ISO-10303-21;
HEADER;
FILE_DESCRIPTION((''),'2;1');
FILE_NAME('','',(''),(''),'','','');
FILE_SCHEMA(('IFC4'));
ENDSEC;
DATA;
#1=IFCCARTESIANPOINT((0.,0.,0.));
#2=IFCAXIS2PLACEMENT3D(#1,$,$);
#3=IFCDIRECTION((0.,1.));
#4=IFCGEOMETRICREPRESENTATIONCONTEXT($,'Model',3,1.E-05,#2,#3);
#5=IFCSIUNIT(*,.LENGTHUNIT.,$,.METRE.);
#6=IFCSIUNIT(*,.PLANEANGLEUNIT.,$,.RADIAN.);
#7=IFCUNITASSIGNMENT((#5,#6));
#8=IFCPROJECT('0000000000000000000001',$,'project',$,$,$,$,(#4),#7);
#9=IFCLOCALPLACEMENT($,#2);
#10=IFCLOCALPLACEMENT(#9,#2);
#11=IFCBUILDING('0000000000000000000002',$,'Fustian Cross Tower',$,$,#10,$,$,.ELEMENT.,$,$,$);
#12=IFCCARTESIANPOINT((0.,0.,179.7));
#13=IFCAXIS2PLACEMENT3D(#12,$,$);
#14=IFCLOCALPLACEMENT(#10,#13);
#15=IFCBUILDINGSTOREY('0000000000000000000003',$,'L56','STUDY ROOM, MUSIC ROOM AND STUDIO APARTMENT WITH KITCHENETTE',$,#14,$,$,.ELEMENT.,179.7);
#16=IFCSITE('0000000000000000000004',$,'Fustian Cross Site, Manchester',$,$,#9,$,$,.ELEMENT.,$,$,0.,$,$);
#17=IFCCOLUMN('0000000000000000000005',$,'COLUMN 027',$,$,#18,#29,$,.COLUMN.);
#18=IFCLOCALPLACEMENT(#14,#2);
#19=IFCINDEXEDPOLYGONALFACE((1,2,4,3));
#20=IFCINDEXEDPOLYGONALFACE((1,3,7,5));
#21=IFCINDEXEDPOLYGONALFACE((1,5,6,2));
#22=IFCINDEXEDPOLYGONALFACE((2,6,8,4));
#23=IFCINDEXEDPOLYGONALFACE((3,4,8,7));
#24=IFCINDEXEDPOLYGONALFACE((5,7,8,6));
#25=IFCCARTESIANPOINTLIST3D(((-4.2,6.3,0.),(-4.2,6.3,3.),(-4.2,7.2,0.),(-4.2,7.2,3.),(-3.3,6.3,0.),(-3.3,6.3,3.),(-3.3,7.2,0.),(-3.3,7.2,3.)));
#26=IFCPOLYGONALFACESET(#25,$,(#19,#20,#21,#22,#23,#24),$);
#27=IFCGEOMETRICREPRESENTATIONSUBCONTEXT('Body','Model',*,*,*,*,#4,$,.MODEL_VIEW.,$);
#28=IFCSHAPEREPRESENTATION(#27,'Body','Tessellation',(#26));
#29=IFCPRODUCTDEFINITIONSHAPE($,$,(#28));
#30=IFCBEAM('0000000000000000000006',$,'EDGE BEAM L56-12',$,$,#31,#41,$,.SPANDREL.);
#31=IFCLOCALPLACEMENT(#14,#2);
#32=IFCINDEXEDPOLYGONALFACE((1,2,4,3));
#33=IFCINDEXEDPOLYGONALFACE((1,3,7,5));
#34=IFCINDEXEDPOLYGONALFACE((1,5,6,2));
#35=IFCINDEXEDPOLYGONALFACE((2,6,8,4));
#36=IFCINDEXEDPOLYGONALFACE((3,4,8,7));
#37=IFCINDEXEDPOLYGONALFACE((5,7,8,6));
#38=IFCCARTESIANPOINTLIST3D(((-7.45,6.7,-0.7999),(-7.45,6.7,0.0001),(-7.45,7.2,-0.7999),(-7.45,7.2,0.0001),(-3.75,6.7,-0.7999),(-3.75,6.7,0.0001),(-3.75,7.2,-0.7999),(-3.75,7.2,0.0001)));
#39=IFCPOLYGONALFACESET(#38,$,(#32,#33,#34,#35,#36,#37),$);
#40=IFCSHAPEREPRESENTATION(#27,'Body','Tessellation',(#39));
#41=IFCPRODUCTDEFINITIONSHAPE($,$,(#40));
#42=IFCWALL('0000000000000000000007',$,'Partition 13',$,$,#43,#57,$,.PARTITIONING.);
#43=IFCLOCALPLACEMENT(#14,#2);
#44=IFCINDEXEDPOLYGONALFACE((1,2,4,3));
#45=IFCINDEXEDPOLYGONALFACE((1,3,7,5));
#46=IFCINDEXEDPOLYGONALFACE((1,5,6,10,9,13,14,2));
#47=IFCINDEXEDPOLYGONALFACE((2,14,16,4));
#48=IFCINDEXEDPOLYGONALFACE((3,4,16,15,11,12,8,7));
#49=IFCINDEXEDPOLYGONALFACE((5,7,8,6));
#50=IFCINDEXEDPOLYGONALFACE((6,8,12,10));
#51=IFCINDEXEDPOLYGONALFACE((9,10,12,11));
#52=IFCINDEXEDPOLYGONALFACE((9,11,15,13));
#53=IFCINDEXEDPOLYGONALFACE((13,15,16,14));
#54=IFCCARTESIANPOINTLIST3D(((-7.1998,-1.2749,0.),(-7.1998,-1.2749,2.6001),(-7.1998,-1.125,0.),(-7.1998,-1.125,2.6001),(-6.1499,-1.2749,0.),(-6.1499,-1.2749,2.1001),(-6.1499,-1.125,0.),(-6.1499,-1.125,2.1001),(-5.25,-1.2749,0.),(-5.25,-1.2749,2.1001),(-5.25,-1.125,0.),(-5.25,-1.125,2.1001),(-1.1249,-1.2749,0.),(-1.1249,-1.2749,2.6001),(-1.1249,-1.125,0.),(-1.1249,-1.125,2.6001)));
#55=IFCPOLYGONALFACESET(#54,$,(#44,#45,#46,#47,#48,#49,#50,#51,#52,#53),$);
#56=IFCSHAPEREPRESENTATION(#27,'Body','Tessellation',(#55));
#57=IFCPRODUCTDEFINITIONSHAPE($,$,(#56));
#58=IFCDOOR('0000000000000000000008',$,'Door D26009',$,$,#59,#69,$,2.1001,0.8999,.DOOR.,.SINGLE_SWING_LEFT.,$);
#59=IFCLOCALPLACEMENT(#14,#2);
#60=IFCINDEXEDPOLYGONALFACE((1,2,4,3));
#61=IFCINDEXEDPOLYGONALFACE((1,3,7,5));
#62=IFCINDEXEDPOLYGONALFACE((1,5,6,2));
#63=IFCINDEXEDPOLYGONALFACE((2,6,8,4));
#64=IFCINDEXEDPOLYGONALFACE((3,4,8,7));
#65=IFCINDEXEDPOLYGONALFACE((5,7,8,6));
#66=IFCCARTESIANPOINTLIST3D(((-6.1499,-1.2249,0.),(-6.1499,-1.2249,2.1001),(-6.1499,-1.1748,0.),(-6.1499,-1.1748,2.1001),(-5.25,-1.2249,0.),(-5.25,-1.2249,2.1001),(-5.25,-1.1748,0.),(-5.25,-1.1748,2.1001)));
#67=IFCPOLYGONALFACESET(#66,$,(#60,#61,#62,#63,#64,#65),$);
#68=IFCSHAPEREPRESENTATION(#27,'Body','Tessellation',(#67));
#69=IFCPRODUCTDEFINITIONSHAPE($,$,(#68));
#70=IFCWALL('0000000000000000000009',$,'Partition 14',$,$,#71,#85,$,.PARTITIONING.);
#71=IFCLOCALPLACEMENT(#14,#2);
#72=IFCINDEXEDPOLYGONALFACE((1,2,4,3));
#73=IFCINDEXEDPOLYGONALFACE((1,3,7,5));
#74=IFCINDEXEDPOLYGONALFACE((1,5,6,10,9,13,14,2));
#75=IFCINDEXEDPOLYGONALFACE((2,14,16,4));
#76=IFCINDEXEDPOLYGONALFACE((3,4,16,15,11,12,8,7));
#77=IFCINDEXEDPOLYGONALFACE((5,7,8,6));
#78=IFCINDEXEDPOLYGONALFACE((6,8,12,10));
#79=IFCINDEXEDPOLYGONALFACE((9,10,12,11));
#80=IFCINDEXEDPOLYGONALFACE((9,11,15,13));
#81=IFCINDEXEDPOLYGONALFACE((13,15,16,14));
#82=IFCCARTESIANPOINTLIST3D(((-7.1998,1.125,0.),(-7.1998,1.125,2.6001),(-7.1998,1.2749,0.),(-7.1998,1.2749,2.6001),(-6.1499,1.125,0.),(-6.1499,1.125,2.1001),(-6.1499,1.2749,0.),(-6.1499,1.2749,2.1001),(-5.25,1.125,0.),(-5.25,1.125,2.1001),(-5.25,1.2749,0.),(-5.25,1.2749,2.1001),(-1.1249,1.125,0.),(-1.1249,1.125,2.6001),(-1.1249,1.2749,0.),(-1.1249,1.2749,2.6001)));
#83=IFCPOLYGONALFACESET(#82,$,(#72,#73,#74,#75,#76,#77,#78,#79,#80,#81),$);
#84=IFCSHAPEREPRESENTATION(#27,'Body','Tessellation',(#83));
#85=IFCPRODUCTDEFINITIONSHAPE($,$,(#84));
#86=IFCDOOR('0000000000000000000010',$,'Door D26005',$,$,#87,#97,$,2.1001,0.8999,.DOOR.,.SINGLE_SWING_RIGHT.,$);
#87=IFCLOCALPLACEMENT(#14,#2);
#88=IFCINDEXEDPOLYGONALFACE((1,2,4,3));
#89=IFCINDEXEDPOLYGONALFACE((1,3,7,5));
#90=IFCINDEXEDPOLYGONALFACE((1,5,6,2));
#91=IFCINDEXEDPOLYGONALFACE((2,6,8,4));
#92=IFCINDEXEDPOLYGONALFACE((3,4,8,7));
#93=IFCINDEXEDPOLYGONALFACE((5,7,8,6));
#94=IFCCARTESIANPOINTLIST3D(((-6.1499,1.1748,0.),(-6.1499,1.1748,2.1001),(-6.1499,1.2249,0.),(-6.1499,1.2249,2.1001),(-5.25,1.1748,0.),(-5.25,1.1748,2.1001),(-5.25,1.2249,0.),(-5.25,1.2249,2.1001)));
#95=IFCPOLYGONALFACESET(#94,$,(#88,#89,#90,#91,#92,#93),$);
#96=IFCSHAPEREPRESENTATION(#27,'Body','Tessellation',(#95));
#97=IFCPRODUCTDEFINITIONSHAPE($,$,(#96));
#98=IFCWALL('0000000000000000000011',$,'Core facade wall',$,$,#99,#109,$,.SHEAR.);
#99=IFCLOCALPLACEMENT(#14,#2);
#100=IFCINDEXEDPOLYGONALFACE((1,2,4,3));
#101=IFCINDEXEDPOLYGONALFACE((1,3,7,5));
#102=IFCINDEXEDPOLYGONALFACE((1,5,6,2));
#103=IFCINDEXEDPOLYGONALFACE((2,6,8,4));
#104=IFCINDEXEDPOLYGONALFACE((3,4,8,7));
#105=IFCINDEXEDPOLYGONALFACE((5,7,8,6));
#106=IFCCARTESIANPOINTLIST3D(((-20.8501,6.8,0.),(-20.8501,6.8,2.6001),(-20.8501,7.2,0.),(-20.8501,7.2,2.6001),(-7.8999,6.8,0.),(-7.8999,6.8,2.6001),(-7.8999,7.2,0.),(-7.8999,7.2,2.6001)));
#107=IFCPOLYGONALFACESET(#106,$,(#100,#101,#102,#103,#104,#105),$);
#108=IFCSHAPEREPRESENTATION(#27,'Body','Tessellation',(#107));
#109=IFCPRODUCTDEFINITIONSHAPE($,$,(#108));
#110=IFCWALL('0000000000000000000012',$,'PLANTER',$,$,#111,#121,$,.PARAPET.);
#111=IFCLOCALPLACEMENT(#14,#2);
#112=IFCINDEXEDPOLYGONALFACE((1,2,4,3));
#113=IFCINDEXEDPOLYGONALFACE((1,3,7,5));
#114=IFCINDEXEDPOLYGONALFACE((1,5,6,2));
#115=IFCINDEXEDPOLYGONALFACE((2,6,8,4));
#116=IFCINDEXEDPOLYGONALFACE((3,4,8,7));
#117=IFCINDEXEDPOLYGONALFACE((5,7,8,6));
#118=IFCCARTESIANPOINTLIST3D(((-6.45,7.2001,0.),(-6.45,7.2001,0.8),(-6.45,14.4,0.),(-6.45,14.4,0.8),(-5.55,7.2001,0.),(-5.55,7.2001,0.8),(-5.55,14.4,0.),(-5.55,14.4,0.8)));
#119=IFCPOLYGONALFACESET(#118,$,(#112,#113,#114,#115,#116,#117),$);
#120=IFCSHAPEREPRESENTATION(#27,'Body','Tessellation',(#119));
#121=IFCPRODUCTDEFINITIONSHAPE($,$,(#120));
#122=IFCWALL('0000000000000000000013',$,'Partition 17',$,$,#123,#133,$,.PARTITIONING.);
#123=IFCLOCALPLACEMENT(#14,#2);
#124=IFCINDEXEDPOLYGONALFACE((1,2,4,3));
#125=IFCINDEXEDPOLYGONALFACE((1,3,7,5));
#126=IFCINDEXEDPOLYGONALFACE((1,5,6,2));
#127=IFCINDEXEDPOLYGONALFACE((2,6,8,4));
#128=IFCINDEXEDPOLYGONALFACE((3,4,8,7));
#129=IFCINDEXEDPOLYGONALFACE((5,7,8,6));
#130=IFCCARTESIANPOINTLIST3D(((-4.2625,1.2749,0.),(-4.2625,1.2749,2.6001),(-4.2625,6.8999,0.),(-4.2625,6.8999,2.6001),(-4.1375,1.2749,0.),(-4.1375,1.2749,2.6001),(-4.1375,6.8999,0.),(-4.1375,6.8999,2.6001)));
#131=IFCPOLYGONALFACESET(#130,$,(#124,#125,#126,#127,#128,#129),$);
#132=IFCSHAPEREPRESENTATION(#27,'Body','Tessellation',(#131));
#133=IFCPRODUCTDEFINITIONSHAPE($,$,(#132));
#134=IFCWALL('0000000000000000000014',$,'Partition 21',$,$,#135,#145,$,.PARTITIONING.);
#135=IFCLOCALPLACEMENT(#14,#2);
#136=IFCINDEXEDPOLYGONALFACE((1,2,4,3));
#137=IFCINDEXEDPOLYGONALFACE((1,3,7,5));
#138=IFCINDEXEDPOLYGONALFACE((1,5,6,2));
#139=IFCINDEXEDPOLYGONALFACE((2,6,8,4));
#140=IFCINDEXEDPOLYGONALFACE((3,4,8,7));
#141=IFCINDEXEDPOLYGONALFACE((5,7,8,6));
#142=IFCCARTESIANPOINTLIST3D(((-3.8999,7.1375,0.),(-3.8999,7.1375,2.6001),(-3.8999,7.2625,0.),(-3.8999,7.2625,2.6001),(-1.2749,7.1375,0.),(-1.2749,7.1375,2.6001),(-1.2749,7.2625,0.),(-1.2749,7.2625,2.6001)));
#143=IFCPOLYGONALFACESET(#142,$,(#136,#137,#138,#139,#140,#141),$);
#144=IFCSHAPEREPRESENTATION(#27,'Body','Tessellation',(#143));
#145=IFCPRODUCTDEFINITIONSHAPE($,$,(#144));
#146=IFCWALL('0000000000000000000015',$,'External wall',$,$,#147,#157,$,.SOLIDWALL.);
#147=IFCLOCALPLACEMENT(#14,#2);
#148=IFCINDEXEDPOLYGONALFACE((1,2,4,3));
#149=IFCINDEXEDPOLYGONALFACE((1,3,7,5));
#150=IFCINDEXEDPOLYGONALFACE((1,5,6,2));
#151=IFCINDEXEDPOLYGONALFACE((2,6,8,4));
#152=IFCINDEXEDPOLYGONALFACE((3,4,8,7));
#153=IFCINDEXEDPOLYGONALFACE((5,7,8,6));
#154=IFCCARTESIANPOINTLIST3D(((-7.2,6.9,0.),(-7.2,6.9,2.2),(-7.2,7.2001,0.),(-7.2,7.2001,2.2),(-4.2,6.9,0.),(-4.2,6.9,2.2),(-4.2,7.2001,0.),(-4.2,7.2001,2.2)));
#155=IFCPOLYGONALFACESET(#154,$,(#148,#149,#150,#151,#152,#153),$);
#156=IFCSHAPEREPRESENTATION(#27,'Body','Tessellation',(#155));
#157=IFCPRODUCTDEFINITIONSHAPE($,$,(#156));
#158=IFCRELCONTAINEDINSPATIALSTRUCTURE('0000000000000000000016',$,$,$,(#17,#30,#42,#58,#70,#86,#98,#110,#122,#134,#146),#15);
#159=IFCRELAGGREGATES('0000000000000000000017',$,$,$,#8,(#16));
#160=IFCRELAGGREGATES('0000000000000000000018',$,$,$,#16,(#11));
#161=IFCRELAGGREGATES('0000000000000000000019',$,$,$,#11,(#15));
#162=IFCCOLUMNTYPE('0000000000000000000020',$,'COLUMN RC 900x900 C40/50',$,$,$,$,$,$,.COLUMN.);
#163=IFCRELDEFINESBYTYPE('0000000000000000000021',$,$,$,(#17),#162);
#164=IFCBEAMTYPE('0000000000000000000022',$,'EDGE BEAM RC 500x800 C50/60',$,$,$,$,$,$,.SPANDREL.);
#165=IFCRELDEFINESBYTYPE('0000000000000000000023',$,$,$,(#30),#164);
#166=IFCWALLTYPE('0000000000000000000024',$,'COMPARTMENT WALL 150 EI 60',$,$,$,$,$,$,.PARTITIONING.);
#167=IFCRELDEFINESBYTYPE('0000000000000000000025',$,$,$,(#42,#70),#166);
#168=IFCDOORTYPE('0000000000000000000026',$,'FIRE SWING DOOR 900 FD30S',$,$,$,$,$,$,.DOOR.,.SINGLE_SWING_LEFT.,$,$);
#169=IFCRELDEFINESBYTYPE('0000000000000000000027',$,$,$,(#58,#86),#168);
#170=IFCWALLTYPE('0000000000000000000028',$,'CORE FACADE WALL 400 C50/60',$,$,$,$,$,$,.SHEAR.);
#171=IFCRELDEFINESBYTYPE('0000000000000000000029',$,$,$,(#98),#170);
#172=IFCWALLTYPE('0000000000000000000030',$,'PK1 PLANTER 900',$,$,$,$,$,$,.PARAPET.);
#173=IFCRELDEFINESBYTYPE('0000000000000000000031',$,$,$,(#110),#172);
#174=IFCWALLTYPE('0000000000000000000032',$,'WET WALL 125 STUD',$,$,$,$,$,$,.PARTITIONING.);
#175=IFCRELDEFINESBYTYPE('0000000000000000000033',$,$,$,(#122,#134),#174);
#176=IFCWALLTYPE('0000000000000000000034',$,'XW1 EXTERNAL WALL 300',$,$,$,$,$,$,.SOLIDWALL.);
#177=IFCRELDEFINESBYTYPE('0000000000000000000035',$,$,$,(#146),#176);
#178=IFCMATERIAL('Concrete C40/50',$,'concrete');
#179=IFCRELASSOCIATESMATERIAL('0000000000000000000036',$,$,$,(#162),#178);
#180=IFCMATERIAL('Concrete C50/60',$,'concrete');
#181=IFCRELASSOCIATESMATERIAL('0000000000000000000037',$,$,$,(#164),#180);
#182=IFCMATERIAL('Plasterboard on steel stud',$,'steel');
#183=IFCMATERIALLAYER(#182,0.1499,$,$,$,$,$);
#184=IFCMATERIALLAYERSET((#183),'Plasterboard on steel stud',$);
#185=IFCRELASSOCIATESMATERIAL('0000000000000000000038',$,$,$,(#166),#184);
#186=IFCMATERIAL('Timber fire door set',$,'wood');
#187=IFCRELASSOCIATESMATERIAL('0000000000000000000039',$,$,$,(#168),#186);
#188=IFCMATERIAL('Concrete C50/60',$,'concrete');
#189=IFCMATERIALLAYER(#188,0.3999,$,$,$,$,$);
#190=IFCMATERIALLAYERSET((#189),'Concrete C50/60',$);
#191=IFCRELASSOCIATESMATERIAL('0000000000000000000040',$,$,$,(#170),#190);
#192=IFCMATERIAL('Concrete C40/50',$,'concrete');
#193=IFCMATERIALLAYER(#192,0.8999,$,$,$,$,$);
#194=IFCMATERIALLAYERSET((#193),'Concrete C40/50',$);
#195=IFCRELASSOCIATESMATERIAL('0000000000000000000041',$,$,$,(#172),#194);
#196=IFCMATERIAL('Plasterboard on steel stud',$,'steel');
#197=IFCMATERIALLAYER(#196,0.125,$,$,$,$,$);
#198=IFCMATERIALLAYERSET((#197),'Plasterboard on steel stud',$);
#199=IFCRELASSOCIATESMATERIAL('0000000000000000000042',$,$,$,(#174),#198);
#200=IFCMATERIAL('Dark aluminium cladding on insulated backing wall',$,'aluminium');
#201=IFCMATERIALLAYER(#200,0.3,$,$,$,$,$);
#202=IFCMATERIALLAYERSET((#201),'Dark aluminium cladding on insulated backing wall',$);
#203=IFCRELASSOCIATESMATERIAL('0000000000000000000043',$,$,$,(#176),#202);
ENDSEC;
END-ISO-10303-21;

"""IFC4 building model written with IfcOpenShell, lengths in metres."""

from ifc_helpers import new_model, si_unit, direction, frame, frame_2d, origin, origin_2d, place, context, subcontext, project, spatial, rectangle, extrude, material, layer, layer_set, material_profile, profile_set, type_object, element, fill, save


model = new_model("IFC4")

# Units and contexts
model_context = context("Model", 3, precision=1e-05, world=origin(), true_north=direction((0.0, 1.0)))
body_context = subcontext(model_context, "Body", "Model", "MODEL_VIEW")
ifc_project = project(units=[si_unit("LENGTHUNIT", "METRE"), si_unit("PLANEANGLEUNIT", "RADIAN")], contexts=[model_context])

# Site, building, storey
site_placement = place(None, origin())
site = spatial("IfcSite", under=ifc_project, at=site_placement, Name="Fustian Cross Site, Manchester", CompositionType="ELEMENT", RefElevation=0.0)
building_placement = place(site_placement, origin())
building = spatial("IfcBuilding", under=site, at=building_placement, Name="Fustian Cross Tower", CompositionType="ELEMENT")
storey_placement = place(building_placement, frame((0.0, 0.0, 179.7)))
storey = spatial("IfcBuildingStorey", under=building, at=storey_placement, Name="L56", Description="STUDY ROOM, MUSIC ROOM AND STUDIO APARTMENT WITH KITCHENETTE", CompositionType="ELEMENT", Elevation=179.7)

# Column
ifc_material_1 = material(Name="Concrete C40/50", Category="concrete")
ifc_material_profile_1 = material_profile(ifc_material_1, rectangle(XDim=0.8999, YDim=0.8999, at=origin_2d()), Name="RC 900x900")
ifc_profile_set_1 = profile_set([ifc_material_profile_1], Name="Concrete C40/50")
column_type = type_object("IfcColumnType", Name="COLUMN RC 900x900 C40/50", PredefinedType="COLUMN", material=ifc_profile_set_1)
column_placement = place(storey_placement, frame((-3.75, 6.75, 0.0), z_axis=(0.0, 0.0, 1.0), x_axis=(1.0, 0.0, 0.0)))
element("IfcColumn", 1, at=column_placement, inside=storey, type_object=column_type, Name="COLUMN 027", PredefinedType="COLUMN", context=body_context, shape_type="SweptSolid", body=[
    extrude(rectangle(XDim=0.8999, YDim=0.8999, at=origin_2d()), origin(), (0.0, 0.0, 1.0), 3.0),
])

# Beam
ifc_material_2 = material(Name="Concrete C50/60", Category="concrete")
ifc_material_profile_2 = material_profile(ifc_material_2, rectangle(XDim=0.5, YDim=0.8, at=origin_2d()), Name="RC 500x800")
ifc_profile_set_2 = profile_set([ifc_material_profile_2], Name="Concrete C50/60")
beam_type = type_object("IfcBeamType", Name="EDGE BEAM RC 500x800 C50/60", PredefinedType="SPANDREL", material=ifc_profile_set_2)
beam_placement = place(storey_placement, frame((-3.75, 6.95, -0.3999), z_axis=(-1.0, 0.0, 0.0), x_axis=(0.0, -1.0, 0.0)))
element("IfcBeam", 2, at=beam_placement, inside=storey, type_object=beam_type, Name="EDGE BEAM L56-12", PredefinedType="SPANDREL", context=body_context, shape_type="SweptSolid", body=[
    extrude(rectangle(XDim=0.5, YDim=0.8, at=origin_2d()), origin(), (0.0, 0.0, 1.0), 3.7),
])

# Walls, openings, doors
ifc_material_3 = material(Name="Plasterboard on steel stud", Category="steel")
ifc_layer_1 = layer(ifc_material_3, 0.1499)
ifc_layer_set_1 = layer_set([ifc_layer_1], Name="Plasterboard on steel stud")
wall_type_1 = type_object("IfcWallType", Name="COMPARTMENT WALL 150 EI 60", PredefinedType="PARTITIONING", material=ifc_layer_set_1)
wall_1_placement = place(storey_placement, frame((-7.2, -1.2, 0.0), z_axis=(0.0, 0.0, 1.0), x_axis=(1.0, 0.0, 0.0)))
wall_1 = element("IfcWall", 3, at=wall_1_placement, inside=storey, type_object=wall_type_1, Name="Partition 13", PredefinedType="PARTITIONING", context=body_context, shape_type="SweptSolid", body=[
    extrude(rectangle(XDim=6.075, YDim=0.1499, at=frame_2d((3.0376, 0.0))), origin(), (0.0, 0.0, 1.0), 2.6001),
])
opening_1_placement = place(wall_1_placement, frame((1.05, 0.0, 0.0)))
opening_1 = element("IfcOpeningElement", 4, at=opening_1_placement, cuts=wall_1, PredefinedType="OPENING", context=body_context, shape_type="SweptSolid", body=[
    extrude(rectangle(XDim=0.8999, YDim=2.1001, at=frame_2d((0.45, 1.05))), frame((0.0, 0.085, 0.0), z_axis=(0.0, -1.0, 0.0), x_axis=(1.0, 0.0, 0.0)), (0.0, 0.0, 1.0), 0.1699),
])
ifc_material_4 = material(Name="Timber fire door set", Category="wood")
door_type = type_object("IfcDoorType", Name="FIRE SWING DOOR 900 FD30S", OperationType="SINGLE_SWING_LEFT", PredefinedType="DOOR", material=ifc_material_4)
door_1_placement = place(opening_1_placement, frame((0.8999, 0.0, 0.0), z_axis=(0.0, 0.0, 1.0), x_axis=(-1.0, 0.0, 0.0)))
door_1 = element("IfcDoor", 5, at=door_1_placement, inside=storey, type_object=door_type, Name="Door D26009", OperationType="SINGLE_SWING_LEFT", OverallHeight=2.1001, OverallWidth=0.8999, PredefinedType="DOOR", context=body_context, shape_type="SweptSolid", body=[
    extrude(rectangle(XDim=0.8999, YDim=2.1001, at=frame_2d((0.45, 1.05))), frame((0.0, 0.0249, 0.0), z_axis=(0.0, -1.0, 0.0), x_axis=(1.0, 0.0, 0.0)), (0.0, 0.0, 1.0), 0.05),
])
fill(opening_1, door_1)
wall_2_placement = place(storey_placement, frame((-7.2, 1.2, 0.0), z_axis=(0.0, 0.0, 1.0), x_axis=(1.0, 0.0, 0.0)))
wall_2 = element("IfcWall", 6, at=wall_2_placement, inside=storey, type_object=wall_type_1, Name="Partition 14", PredefinedType="PARTITIONING", context=body_context, shape_type="SweptSolid", body=[
    extrude(rectangle(XDim=6.075, YDim=0.1499, at=frame_2d((3.0376, 0.0))), origin(), (0.0, 0.0, 1.0), 2.6001),
])
opening_2_placement = place(wall_2_placement, frame((1.05, 0.0, 0.0)))
opening_2 = element("IfcOpeningElement", 7, at=opening_2_placement, cuts=wall_2, PredefinedType="OPENING", context=body_context, shape_type="SweptSolid", body=[
    extrude(rectangle(XDim=0.8999, YDim=2.1001, at=frame_2d((0.45, 1.05))), frame((0.0, 0.085, 0.0), z_axis=(0.0, -1.0, 0.0), x_axis=(1.0, 0.0, 0.0)), (0.0, 0.0, 1.0), 0.1699),
])
door_2_placement = place(opening_2_placement, origin())
door_2 = element("IfcDoor", 8, at=door_2_placement, inside=storey, type_object=door_type, Name="Door D26005", OperationType="SINGLE_SWING_RIGHT", OverallHeight=2.1001, OverallWidth=0.8999, PredefinedType="DOOR", context=body_context, shape_type="SweptSolid", body=[
    extrude(rectangle(XDim=0.8999, YDim=2.1001, at=frame_2d((0.45, 1.05))), frame((0.0, 0.0249, 0.0), z_axis=(0.0, -1.0, 0.0), x_axis=(1.0, 0.0, 0.0)), (0.0, 0.0, 1.0), 0.05),
])
fill(opening_2, door_2)

# Walls
ifc_material_5 = material(Name="Concrete C50/60", Category="concrete")
ifc_layer_2 = layer(ifc_material_5, 0.3999)
ifc_layer_set_2 = layer_set([ifc_layer_2], Name="Concrete C50/60")
wall_type_2 = type_object("IfcWallType", Name="CORE FACADE WALL 400 C50/60", PredefinedType="SHEAR", material=ifc_layer_set_2)
wall_3_placement = place(storey_placement, frame((-7.8999, 7.0, 0.0), z_axis=(0.0, 0.0, 1.0), x_axis=(-1.0, 0.0, 0.0)))
element("IfcWall", 9, at=wall_3_placement, inside=storey, type_object=wall_type_2, Name="Core facade wall", PredefinedType="SHEAR", context=body_context, shape_type="SweptSolid", body=[
    extrude(rectangle(XDim=12.9502, YDim=0.3999, at=frame_2d((6.4751, 0.0))), origin(), (0.0, 0.0, 1.0), 2.6001),
])
ifc_material_6 = material(Name="Concrete C40/50", Category="concrete")
ifc_layer_3 = layer(ifc_material_6, 0.8999)
ifc_layer_set_3 = layer_set([ifc_layer_3], Name="Concrete C40/50")
wall_type_3 = type_object("IfcWallType", Name="PK1 PLANTER 900", PredefinedType="PARAPET", material=ifc_layer_set_3)
wall_4_placement = place(storey_placement, frame((-6.0, 7.2, 0.0), z_axis=(0.0, 0.0, 1.0), x_axis=(0.0, 1.0, 0.0)))
element("IfcWall", 10, at=wall_4_placement, inside=storey, type_object=wall_type_3, Name="PLANTER", PredefinedType="PARAPET", context=body_context, shape_type="SweptSolid", body=[
    extrude(rectangle(XDim=7.2, YDim=0.8999, at=frame_2d((3.6001, 0.0))), origin(), (0.0, 0.0, 1.0), 0.8),
])
ifc_material_7 = material(Name="Plasterboard on steel stud", Category="steel")
ifc_layer_4 = layer(ifc_material_7, 0.125)
ifc_layer_set_4 = layer_set([ifc_layer_4], Name="Plasterboard on steel stud")
wall_type_4 = type_object("IfcWallType", Name="WET WALL 125 STUD", PredefinedType="PARTITIONING", material=ifc_layer_set_4)
wall_5_placement = place(storey_placement, frame((-4.2, 1.2749, 0.0), z_axis=(0.0, 0.0, 1.0), x_axis=(0.0, 1.0, 0.0)))
element("IfcWall", 11, at=wall_5_placement, inside=storey, type_object=wall_type_4, Name="Partition 17", PredefinedType="PARTITIONING", context=body_context, shape_type="SweptSolid", body=[
    extrude(rectangle(XDim=5.625, YDim=0.125, at=frame_2d((2.8125, 0.0))), origin(), (0.0, 0.0, 1.0), 2.6001),
])
wall_6_placement = place(storey_placement, frame((-3.8999, 7.2, 0.0), z_axis=(0.0, 0.0, 1.0), x_axis=(1.0, 0.0, 0.0)))
element("IfcWall", 12, at=wall_6_placement, inside=storey, type_object=wall_type_4, Name="Partition 21", PredefinedType="PARTITIONING", context=body_context, shape_type="SweptSolid", body=[
    extrude(rectangle(XDim=2.625, YDim=0.125, at=frame_2d((1.3125, 0.0))), origin(), (0.0, 0.0, 1.0), 2.6001),
])
ifc_material_8 = material(Name="Dark aluminium cladding on insulated backing wall", Category="aluminium")
ifc_layer_5 = layer(ifc_material_8, 0.3)
ifc_layer_set_5 = layer_set([ifc_layer_5], Name="Dark aluminium cladding on insulated backing wall")
wall_type_5 = type_object("IfcWallType", Name="XW1 EXTERNAL WALL 300", PredefinedType="SOLIDWALL", material=ifc_layer_set_5)
wall_7_placement = place(storey_placement, frame((-4.2, 7.05, 0.0), z_axis=(0.0, 0.0, 1.0), x_axis=(-1.0, 0.0, 0.0)))
element("IfcWall", 13, at=wall_7_placement, inside=storey, type_object=wall_type_5, Name="External wall", PredefinedType="SOLIDWALL", context=body_context, shape_type="SweptSolid", body=[
    extrude(rectangle(XDim=3.0, YDim=0.3, at=frame_2d((1.5, 0.0))), origin(), (0.0, 0.0, 1.0), 2.2),
])

save(model, "model.ifc")
